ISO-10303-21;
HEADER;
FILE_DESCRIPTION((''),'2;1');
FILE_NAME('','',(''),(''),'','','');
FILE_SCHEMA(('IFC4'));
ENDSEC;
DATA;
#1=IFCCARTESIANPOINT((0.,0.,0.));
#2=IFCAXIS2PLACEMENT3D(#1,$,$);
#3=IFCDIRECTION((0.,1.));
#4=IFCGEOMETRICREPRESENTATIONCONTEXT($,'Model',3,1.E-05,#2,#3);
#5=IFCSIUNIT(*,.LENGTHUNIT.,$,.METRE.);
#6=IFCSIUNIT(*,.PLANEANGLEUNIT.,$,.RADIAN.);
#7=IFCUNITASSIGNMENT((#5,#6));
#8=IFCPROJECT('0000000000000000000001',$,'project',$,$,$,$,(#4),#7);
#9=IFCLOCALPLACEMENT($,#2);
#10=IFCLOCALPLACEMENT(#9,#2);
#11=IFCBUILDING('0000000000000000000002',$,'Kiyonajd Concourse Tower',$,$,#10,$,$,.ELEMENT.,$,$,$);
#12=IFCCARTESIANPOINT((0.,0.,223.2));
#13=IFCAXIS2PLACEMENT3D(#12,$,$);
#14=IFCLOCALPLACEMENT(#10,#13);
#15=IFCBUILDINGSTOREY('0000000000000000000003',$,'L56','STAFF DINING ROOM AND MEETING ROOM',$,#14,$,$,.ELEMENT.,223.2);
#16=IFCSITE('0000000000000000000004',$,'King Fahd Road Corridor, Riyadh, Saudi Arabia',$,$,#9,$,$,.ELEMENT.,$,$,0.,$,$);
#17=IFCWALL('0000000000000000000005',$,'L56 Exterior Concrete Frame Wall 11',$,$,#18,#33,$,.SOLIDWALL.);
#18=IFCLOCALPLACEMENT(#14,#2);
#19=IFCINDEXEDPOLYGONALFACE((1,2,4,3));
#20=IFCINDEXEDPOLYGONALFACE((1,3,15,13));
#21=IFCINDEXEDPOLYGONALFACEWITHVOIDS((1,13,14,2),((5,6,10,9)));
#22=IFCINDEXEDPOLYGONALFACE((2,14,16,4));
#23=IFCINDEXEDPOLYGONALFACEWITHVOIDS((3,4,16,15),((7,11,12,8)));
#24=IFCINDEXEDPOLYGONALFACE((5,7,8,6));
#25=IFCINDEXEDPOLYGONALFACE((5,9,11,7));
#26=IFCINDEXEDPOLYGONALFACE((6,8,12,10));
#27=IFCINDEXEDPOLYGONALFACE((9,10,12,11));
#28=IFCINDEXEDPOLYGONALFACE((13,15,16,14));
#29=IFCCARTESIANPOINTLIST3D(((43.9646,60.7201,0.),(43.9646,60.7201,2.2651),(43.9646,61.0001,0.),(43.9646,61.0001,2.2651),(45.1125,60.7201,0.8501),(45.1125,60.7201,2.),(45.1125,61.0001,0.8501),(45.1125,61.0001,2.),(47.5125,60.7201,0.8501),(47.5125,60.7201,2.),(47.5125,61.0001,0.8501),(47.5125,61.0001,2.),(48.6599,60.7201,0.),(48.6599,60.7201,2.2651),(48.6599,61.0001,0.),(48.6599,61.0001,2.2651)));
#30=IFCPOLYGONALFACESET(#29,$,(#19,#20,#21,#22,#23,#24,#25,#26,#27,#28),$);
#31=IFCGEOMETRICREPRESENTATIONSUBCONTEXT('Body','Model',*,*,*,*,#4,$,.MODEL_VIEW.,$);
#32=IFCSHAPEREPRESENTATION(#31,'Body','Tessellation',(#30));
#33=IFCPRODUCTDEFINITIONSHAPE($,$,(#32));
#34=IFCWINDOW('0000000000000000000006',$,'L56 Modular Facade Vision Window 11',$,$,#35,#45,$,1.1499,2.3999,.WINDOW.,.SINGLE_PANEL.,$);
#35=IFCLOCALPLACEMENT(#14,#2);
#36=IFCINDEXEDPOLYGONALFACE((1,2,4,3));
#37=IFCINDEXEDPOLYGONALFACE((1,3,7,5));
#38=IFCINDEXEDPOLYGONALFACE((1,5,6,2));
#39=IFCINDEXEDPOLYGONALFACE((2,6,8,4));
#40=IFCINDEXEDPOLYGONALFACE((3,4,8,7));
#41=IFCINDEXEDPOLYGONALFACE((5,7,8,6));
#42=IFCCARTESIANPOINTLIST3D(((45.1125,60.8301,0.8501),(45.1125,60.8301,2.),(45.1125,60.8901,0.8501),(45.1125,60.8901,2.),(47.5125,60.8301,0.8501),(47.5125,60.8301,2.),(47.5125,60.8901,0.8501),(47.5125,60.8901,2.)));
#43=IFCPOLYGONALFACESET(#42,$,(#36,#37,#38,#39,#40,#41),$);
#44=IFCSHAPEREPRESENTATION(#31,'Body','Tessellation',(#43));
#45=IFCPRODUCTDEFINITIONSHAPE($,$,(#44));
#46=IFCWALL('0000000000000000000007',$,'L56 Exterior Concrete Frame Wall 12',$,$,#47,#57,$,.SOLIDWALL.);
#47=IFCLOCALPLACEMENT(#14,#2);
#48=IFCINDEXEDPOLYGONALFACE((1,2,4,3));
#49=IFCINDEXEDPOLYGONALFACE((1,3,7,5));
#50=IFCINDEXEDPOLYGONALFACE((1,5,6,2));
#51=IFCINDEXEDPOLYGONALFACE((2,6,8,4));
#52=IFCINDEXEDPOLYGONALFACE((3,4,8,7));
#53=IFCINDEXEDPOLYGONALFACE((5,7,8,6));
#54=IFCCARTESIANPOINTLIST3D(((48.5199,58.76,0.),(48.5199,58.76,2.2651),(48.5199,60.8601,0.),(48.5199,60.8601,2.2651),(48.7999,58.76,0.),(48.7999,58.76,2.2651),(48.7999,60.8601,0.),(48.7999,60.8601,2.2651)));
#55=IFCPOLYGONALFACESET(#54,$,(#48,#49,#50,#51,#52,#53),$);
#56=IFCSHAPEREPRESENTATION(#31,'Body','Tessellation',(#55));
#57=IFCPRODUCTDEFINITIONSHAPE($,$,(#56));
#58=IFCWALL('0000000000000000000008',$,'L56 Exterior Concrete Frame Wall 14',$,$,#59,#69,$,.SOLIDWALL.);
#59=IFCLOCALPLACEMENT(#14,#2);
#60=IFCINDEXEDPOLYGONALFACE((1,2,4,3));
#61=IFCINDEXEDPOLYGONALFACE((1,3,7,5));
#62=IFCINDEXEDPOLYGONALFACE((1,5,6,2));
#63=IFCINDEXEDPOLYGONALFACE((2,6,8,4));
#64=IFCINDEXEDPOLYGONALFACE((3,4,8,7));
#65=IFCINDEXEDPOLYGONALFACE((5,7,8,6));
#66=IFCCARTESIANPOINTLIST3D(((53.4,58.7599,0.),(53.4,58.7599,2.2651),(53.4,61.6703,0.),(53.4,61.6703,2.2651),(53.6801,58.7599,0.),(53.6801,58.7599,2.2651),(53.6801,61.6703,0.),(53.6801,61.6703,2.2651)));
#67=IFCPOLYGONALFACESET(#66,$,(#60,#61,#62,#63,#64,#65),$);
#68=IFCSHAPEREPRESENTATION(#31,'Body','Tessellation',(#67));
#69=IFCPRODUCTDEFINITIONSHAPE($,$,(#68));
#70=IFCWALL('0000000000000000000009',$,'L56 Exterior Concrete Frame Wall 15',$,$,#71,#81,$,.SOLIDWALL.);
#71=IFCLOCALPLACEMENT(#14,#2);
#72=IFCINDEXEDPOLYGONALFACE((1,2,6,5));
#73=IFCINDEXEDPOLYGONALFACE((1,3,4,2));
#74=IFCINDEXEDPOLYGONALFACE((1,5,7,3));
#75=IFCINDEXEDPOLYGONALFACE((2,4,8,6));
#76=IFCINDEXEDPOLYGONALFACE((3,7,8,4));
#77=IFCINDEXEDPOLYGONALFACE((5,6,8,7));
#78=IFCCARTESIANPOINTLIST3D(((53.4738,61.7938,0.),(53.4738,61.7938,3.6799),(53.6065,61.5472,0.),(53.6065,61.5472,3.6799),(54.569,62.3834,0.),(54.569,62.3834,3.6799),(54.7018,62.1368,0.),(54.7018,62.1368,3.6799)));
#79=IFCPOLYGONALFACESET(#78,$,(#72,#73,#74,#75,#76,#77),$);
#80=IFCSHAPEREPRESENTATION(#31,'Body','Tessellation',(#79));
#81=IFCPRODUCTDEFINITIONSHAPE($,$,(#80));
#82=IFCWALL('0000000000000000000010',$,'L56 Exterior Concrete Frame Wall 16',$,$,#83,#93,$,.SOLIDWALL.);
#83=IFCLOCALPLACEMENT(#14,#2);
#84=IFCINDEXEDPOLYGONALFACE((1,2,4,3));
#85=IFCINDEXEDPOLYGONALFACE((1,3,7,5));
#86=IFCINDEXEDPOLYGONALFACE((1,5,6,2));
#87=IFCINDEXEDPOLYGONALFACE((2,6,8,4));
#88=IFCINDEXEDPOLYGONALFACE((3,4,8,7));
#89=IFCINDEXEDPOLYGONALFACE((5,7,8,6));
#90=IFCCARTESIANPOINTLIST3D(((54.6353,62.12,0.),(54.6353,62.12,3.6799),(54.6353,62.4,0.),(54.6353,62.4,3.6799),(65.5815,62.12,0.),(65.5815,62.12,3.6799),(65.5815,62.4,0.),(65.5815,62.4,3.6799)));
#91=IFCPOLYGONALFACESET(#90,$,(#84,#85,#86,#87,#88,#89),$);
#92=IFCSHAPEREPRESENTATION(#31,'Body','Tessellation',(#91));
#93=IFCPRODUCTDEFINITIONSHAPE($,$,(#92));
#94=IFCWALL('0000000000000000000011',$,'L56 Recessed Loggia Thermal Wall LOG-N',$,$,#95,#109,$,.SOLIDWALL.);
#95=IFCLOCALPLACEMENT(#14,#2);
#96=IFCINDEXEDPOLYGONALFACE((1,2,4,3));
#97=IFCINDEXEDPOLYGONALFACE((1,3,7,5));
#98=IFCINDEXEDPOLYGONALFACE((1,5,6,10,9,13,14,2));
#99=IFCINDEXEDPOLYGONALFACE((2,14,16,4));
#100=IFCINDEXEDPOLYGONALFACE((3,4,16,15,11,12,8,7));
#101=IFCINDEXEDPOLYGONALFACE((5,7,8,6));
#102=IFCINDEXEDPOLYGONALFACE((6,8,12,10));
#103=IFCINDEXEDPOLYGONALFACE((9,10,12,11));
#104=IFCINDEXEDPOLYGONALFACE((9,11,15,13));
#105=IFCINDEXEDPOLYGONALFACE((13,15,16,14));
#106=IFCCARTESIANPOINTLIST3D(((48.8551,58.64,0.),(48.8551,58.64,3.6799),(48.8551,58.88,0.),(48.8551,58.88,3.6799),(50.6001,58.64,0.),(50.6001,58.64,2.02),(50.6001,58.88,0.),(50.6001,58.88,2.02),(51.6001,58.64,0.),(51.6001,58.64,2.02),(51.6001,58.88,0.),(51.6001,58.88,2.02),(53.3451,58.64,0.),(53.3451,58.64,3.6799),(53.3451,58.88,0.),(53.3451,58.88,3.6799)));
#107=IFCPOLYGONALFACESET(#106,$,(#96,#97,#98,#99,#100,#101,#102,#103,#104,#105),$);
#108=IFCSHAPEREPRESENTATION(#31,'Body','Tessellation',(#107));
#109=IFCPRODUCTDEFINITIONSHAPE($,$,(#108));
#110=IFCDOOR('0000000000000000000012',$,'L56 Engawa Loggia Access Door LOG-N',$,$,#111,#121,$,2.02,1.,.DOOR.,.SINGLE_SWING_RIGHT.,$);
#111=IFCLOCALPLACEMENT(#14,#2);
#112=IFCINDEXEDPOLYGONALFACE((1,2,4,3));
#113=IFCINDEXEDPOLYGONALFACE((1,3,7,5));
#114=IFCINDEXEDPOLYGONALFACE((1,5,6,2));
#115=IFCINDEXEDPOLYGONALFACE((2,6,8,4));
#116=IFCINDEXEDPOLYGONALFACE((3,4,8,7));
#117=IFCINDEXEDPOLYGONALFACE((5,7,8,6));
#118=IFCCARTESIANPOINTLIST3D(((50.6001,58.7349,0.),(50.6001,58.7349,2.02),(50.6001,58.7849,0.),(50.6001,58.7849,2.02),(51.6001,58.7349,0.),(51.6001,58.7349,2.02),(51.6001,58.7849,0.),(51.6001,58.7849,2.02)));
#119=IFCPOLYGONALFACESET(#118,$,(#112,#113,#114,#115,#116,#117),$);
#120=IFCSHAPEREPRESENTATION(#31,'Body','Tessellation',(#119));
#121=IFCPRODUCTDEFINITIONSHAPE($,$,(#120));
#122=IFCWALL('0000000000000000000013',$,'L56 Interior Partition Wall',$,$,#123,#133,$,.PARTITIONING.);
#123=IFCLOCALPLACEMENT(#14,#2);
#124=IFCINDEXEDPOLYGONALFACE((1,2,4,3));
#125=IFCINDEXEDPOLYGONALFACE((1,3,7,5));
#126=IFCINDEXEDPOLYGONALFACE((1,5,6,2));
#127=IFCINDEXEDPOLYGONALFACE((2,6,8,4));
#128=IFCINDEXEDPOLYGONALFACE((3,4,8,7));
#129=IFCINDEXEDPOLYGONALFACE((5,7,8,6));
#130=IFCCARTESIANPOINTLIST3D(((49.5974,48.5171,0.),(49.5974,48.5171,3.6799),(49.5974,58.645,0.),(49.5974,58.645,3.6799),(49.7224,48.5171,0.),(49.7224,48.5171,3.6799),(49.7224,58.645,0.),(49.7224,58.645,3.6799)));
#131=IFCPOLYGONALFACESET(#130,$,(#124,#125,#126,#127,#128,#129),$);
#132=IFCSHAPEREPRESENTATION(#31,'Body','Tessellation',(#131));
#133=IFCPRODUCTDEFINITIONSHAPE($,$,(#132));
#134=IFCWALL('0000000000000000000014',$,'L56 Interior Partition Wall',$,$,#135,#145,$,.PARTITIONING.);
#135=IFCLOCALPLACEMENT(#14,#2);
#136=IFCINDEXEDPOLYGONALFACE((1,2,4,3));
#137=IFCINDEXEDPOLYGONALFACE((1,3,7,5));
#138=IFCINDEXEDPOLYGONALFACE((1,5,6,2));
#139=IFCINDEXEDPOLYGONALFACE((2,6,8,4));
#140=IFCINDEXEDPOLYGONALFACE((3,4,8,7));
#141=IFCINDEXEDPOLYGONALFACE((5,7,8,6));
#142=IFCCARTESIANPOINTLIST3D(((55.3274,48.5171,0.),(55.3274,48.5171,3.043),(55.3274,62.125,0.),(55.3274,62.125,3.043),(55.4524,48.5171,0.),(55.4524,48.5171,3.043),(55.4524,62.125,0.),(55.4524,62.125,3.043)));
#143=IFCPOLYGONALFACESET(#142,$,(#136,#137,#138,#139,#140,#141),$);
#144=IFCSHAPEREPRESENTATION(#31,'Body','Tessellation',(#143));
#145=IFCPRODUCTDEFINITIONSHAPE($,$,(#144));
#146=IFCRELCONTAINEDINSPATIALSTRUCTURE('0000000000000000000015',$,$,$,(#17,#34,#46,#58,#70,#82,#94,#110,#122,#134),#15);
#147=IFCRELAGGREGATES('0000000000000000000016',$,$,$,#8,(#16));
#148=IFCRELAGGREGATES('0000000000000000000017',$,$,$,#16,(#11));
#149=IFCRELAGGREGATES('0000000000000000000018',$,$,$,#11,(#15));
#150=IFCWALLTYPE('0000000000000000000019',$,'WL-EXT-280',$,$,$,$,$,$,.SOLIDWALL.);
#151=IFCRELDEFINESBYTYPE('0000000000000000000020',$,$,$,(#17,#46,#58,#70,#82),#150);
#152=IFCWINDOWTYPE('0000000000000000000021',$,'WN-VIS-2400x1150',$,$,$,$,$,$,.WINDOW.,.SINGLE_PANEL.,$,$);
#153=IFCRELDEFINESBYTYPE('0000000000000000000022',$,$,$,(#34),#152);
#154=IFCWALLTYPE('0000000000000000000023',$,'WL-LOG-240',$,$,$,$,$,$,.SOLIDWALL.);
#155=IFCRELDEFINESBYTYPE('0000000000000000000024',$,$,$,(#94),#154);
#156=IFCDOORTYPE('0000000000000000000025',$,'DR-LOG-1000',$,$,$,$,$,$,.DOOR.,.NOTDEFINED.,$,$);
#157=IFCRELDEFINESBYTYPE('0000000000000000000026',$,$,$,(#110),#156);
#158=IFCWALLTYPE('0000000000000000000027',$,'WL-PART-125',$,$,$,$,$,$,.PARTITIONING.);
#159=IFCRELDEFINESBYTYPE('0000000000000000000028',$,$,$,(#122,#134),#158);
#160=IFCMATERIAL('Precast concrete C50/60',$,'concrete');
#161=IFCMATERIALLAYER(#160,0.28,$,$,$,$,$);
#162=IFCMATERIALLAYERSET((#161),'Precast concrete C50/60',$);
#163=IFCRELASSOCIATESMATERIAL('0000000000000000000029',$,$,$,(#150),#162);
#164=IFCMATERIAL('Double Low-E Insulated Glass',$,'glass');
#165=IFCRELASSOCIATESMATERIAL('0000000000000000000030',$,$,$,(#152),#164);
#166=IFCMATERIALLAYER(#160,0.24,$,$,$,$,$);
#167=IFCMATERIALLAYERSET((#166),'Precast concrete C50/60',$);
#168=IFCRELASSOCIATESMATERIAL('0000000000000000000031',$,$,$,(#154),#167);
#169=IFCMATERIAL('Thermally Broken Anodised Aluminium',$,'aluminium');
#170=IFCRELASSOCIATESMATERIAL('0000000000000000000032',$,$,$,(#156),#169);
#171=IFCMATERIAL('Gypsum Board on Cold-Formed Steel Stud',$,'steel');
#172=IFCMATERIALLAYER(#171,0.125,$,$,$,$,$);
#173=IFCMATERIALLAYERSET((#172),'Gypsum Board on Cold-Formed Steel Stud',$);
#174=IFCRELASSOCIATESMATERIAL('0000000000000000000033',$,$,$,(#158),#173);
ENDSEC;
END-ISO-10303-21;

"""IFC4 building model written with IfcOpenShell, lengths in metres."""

from ifc_helpers import new_model, si_unit, direction, frame, frame_2d, origin, place, context, subcontext, project, spatial, rectangle, extrude, material, layer, layer_set, type_object, element, fill, save


model = new_model("IFC4")

# Units and contexts
model_context = context("Model", 3, precision=1e-05, world=origin(), true_north=direction((0.0, 1.0)))
body_context = subcontext(model_context, "Body", "Model", "MODEL_VIEW")
ifc_project = project(units=[si_unit("LENGTHUNIT", "METRE"), si_unit("PLANEANGLEUNIT", "RADIAN")], contexts=[model_context])

# Site, building, storey
site_placement = place(None, origin())
site = spatial("IfcSite", under=ifc_project, at=site_placement, Name="King Fahd Road Corridor, Riyadh, Saudi Arabia", CompositionType="ELEMENT", RefElevation=0.0)
building_placement = place(site_placement, origin())
building = spatial("IfcBuilding", under=site, at=building_placement, Name="Kiyonajd Concourse Tower", CompositionType="ELEMENT")
storey_placement = place(building_placement, frame((0.0, 0.0, 223.2)))
storey = spatial("IfcBuildingStorey", under=building, at=storey_placement, Name="L56", Description="STAFF DINING ROOM AND MEETING ROOM", CompositionType="ELEMENT", Elevation=223.2)

# Shared definitions
ifc_material_1 = material(Name="Thermally Broken Anodised Aluminium", Category="aluminium")

# Wall, opening, window
ifc_material_2 = material(Name="Precast concrete C50/60", Category="concrete")
ifc_layer_1 = layer(ifc_material_2, 0.28)
ifc_layer_set_1 = layer_set([ifc_layer_1], Name="Precast concrete C50/60")
wall_type_1 = type_object("IfcWallType", Name="WL-EXT-280", PredefinedType="SOLIDWALL", material=ifc_layer_set_1)
wall_1_placement = place(storey_placement, frame((43.9646, 60.8601, 0.0), z_axis=(0.0, 0.0, 1.0), x_axis=(1.0, 0.0, 0.0)))
wall_1 = element("IfcWall", 1, at=wall_1_placement, inside=storey, type_object=wall_type_1, Name="L56 Exterior Concrete Frame Wall 11", PredefinedType="SOLIDWALL", context=body_context, shape_type="SweptSolid", body=[
    extrude(rectangle(XDim=4.6953, YDim=0.28, at=frame_2d((2.3477, 0.0))), origin(), (0.0, 0.0, 1.0), 2.2651),
])
opening_1_placement = place(wall_1_placement, frame((1.1479, 0.0, 0.8501)))
opening_1 = element("IfcOpeningElement", 2, at=opening_1_placement, cuts=wall_1, PredefinedType="OPENING", context=body_context, shape_type="SweptSolid", body=[
    extrude(rectangle(XDim=2.3999, YDim=1.1499, at=frame_2d((1.2, 0.575))), frame((0.0, 0.1499, 0.0), z_axis=(0.0, -1.0, 0.0), x_axis=(1.0, 0.0, 0.0)), (0.0, 0.0, 1.0), 0.3),
])
ifc_material_3 = material(Name="Double Low-E Insulated Glass", Category="glass")
window_type = type_object("IfcWindowType", Name="WN-VIS-2400x1150", PartitioningType="SINGLE_PANEL", PredefinedType="WINDOW", material=ifc_material_3)
window_placement = place(opening_1_placement, origin())
window = element("IfcWindow", 3, at=window_placement, inside=storey, type_object=window_type, Name="L56 Modular Facade Vision Window 11", OverallHeight=1.1499, OverallWidth=2.3999, PartitioningType="SINGLE_PANEL", PredefinedType="WINDOW", context=body_context, shape_type="SweptSolid", body=[
    extrude(rectangle(XDim=2.3999, YDim=1.1499, at=frame_2d((1.2, 0.575))), frame((0.0, 0.03, 0.0), z_axis=(0.0, -1.0, 0.0), x_axis=(1.0, 0.0, 0.0)), (0.0, 0.0, 1.0), 0.0601),
])
fill(opening_1, window)

# Walls
wall_2_placement = place(storey_placement, frame((48.6599, 60.8601, 0.0), z_axis=(0.0, 0.0, 1.0), x_axis=(0.0, -1.0, 0.0)))
element("IfcWall", 4, at=wall_2_placement, inside=storey, type_object=wall_type_1, Name="L56 Exterior Concrete Frame Wall 12", PredefinedType="SOLIDWALL", context=body_context, shape_type="SweptSolid", body=[
    extrude(rectangle(XDim=2.1001, YDim=0.28, at=frame_2d((1.05, 0.0))), origin(), (0.0, 0.0, 1.0), 2.2651),
])
wall_3_placement = place(storey_placement, frame((53.54, 58.76, 0.0), z_axis=(0.0, 0.0, 1.0), x_axis=(0.0, 1.0, 0.0)))
element("IfcWall", 5, at=wall_3_placement, inside=storey, type_object=wall_type_1, Name="L56 Exterior Concrete Frame Wall 14", PredefinedType="SOLIDWALL", context=body_context, shape_type="SweptSolid", body=[
    extrude(rectangle(XDim=2.9104, YDim=0.28, at=frame_2d((1.4551, 0.0))), origin(), (0.0, 0.0, 1.0), 2.2651),
])
wall_4_placement = place(storey_placement, frame((53.54, 61.6704, 0.0), z_axis=(0.0, 0.0, 1.0), x_axis=(0.880515, 0.474018, 0.0)))
element("IfcWall", 6, at=wall_4_placement, inside=storey, type_object=wall_type_1, Name="L56 Exterior Concrete Frame Wall 15", PredefinedType="SOLIDWALL", context=body_context, shape_type="SweptSolid", body=[
    extrude(rectangle(XDim=1.2439, YDim=0.28, at=frame_2d((0.6221, 0.0))), origin(), (0.0, 0.0, 1.0), 3.6799),
])
wall_5_placement = place(storey_placement, frame((54.6353, 62.26, 0.0), z_axis=(0.0, 0.0, 1.0), x_axis=(1.0, 0.0, 0.0)))
element("IfcWall", 7, at=wall_5_placement, inside=storey, type_object=wall_type_1, Name="L56 Exterior Concrete Frame Wall 16", PredefinedType="SOLIDWALL", context=body_context, shape_type="SweptSolid", body=[
    extrude(rectangle(XDim=10.9463, YDim=0.28, at=frame_2d((5.4731, 0.0))), origin(), (0.0, 0.0, 1.0), 3.6799),
])

# Wall, opening, door
ifc_layer_2 = layer(ifc_material_2, 0.24)
ifc_layer_set_2 = layer_set([ifc_layer_2], Name="Precast concrete C50/60")
wall_type_2 = type_object("IfcWallType", Name="WL-LOG-240", PredefinedType="SOLIDWALL", material=ifc_layer_set_2)
wall_6_placement = place(storey_placement, frame((48.855, 58.76, 0.0), z_axis=(0.0, 0.0, 1.0), x_axis=(1.0, 0.0, 0.0)))
wall_6 = element("IfcWall", 8, at=wall_6_placement, inside=storey, type_object=wall_type_2, Name="L56 Recessed Loggia Thermal Wall LOG-N", PredefinedType="SOLIDWALL", context=body_context, shape_type="SweptSolid", body=[
    extrude(rectangle(XDim=4.49, YDim=0.24, at=frame_2d((2.2451, 0.0))), origin(), (0.0, 0.0, 1.0), 3.6799),
])
opening_2_placement = place(wall_6_placement, frame((1.7451, 0.0, 0.0)))
opening_2 = element("IfcOpeningElement", 9, at=opening_2_placement, cuts=wall_6, PredefinedType="OPENING", context=body_context, shape_type="SweptSolid", body=[
    extrude(rectangle(XDim=1.0, YDim=2.02, at=frame_2d((0.5, 1.01))), frame((0.0, 0.1299, 0.0), z_axis=(0.0, -1.0, 0.0), x_axis=(1.0, 0.0, 0.0)), (0.0, 0.0, 1.0), 0.26),
])
door_type = type_object("IfcDoorType", Name="DR-LOG-1000", OperationType="NOTDEFINED", PredefinedType="DOOR", material=ifc_material_1)
door_placement = place(opening_2_placement, origin())
door = element("IfcDoor", 10, at=door_placement, inside=storey, type_object=door_type, Name="L56 Engawa Loggia Access Door LOG-N", OperationType="SINGLE_SWING_RIGHT", OverallHeight=2.02, OverallWidth=1.0, PredefinedType="DOOR", context=body_context, shape_type="SweptSolid", body=[
    extrude(rectangle(XDim=1.0, YDim=2.02, at=frame_2d((0.5, 1.01))), frame((0.0, 0.0249, 0.0), z_axis=(0.0, -1.0, 0.0), x_axis=(1.0, 0.0, 0.0)), (0.0, 0.0, 1.0), 0.05),
])
fill(opening_2, door)

# Walls
ifc_material_4 = material(Name="Gypsum Board on Cold-Formed Steel Stud", Category="steel")
ifc_layer_3 = layer(ifc_material_4, 0.125)
ifc_layer_set_3 = layer_set([ifc_layer_3], Name="Gypsum Board on Cold-Formed Steel Stud")
wall_type_3 = type_object("IfcWallType", Name="WL-PART-125", PredefinedType="PARTITIONING", material=ifc_layer_set_3)
wall_7_placement = place(storey_placement, frame((49.6599, 48.5171, 0.0), z_axis=(0.0, 0.0, 1.0), x_axis=(0.0, 1.0, 0.0)))
element("IfcWall", 11, at=wall_7_placement, inside=storey, type_object=wall_type_3, Name="L56 Interior Partition Wall", PredefinedType="PARTITIONING", context=body_context, shape_type="SweptSolid", body=[
    extrude(rectangle(XDim=10.1279, YDim=0.125, at=frame_2d((5.064, 0.0))), origin(), (0.0, 0.0, 1.0), 3.6799),
])
wall_8_placement = place(storey_placement, frame((55.3899, 48.5171, 0.0), z_axis=(0.0, 0.0, 1.0), x_axis=(0.0, 1.0, 0.0)))
element("IfcWall", 12, at=wall_8_placement, inside=storey, type_object=wall_type_3, Name="L56 Interior Partition Wall", PredefinedType="PARTITIONING", context=body_context, shape_type="SweptSolid", body=[
    extrude(rectangle(XDim=13.6079, YDim=0.125, at=frame_2d((6.804, 0.0))), origin(), (0.0, 0.0, 1.0), 3.043),
])

save(model, "model.ifc")
